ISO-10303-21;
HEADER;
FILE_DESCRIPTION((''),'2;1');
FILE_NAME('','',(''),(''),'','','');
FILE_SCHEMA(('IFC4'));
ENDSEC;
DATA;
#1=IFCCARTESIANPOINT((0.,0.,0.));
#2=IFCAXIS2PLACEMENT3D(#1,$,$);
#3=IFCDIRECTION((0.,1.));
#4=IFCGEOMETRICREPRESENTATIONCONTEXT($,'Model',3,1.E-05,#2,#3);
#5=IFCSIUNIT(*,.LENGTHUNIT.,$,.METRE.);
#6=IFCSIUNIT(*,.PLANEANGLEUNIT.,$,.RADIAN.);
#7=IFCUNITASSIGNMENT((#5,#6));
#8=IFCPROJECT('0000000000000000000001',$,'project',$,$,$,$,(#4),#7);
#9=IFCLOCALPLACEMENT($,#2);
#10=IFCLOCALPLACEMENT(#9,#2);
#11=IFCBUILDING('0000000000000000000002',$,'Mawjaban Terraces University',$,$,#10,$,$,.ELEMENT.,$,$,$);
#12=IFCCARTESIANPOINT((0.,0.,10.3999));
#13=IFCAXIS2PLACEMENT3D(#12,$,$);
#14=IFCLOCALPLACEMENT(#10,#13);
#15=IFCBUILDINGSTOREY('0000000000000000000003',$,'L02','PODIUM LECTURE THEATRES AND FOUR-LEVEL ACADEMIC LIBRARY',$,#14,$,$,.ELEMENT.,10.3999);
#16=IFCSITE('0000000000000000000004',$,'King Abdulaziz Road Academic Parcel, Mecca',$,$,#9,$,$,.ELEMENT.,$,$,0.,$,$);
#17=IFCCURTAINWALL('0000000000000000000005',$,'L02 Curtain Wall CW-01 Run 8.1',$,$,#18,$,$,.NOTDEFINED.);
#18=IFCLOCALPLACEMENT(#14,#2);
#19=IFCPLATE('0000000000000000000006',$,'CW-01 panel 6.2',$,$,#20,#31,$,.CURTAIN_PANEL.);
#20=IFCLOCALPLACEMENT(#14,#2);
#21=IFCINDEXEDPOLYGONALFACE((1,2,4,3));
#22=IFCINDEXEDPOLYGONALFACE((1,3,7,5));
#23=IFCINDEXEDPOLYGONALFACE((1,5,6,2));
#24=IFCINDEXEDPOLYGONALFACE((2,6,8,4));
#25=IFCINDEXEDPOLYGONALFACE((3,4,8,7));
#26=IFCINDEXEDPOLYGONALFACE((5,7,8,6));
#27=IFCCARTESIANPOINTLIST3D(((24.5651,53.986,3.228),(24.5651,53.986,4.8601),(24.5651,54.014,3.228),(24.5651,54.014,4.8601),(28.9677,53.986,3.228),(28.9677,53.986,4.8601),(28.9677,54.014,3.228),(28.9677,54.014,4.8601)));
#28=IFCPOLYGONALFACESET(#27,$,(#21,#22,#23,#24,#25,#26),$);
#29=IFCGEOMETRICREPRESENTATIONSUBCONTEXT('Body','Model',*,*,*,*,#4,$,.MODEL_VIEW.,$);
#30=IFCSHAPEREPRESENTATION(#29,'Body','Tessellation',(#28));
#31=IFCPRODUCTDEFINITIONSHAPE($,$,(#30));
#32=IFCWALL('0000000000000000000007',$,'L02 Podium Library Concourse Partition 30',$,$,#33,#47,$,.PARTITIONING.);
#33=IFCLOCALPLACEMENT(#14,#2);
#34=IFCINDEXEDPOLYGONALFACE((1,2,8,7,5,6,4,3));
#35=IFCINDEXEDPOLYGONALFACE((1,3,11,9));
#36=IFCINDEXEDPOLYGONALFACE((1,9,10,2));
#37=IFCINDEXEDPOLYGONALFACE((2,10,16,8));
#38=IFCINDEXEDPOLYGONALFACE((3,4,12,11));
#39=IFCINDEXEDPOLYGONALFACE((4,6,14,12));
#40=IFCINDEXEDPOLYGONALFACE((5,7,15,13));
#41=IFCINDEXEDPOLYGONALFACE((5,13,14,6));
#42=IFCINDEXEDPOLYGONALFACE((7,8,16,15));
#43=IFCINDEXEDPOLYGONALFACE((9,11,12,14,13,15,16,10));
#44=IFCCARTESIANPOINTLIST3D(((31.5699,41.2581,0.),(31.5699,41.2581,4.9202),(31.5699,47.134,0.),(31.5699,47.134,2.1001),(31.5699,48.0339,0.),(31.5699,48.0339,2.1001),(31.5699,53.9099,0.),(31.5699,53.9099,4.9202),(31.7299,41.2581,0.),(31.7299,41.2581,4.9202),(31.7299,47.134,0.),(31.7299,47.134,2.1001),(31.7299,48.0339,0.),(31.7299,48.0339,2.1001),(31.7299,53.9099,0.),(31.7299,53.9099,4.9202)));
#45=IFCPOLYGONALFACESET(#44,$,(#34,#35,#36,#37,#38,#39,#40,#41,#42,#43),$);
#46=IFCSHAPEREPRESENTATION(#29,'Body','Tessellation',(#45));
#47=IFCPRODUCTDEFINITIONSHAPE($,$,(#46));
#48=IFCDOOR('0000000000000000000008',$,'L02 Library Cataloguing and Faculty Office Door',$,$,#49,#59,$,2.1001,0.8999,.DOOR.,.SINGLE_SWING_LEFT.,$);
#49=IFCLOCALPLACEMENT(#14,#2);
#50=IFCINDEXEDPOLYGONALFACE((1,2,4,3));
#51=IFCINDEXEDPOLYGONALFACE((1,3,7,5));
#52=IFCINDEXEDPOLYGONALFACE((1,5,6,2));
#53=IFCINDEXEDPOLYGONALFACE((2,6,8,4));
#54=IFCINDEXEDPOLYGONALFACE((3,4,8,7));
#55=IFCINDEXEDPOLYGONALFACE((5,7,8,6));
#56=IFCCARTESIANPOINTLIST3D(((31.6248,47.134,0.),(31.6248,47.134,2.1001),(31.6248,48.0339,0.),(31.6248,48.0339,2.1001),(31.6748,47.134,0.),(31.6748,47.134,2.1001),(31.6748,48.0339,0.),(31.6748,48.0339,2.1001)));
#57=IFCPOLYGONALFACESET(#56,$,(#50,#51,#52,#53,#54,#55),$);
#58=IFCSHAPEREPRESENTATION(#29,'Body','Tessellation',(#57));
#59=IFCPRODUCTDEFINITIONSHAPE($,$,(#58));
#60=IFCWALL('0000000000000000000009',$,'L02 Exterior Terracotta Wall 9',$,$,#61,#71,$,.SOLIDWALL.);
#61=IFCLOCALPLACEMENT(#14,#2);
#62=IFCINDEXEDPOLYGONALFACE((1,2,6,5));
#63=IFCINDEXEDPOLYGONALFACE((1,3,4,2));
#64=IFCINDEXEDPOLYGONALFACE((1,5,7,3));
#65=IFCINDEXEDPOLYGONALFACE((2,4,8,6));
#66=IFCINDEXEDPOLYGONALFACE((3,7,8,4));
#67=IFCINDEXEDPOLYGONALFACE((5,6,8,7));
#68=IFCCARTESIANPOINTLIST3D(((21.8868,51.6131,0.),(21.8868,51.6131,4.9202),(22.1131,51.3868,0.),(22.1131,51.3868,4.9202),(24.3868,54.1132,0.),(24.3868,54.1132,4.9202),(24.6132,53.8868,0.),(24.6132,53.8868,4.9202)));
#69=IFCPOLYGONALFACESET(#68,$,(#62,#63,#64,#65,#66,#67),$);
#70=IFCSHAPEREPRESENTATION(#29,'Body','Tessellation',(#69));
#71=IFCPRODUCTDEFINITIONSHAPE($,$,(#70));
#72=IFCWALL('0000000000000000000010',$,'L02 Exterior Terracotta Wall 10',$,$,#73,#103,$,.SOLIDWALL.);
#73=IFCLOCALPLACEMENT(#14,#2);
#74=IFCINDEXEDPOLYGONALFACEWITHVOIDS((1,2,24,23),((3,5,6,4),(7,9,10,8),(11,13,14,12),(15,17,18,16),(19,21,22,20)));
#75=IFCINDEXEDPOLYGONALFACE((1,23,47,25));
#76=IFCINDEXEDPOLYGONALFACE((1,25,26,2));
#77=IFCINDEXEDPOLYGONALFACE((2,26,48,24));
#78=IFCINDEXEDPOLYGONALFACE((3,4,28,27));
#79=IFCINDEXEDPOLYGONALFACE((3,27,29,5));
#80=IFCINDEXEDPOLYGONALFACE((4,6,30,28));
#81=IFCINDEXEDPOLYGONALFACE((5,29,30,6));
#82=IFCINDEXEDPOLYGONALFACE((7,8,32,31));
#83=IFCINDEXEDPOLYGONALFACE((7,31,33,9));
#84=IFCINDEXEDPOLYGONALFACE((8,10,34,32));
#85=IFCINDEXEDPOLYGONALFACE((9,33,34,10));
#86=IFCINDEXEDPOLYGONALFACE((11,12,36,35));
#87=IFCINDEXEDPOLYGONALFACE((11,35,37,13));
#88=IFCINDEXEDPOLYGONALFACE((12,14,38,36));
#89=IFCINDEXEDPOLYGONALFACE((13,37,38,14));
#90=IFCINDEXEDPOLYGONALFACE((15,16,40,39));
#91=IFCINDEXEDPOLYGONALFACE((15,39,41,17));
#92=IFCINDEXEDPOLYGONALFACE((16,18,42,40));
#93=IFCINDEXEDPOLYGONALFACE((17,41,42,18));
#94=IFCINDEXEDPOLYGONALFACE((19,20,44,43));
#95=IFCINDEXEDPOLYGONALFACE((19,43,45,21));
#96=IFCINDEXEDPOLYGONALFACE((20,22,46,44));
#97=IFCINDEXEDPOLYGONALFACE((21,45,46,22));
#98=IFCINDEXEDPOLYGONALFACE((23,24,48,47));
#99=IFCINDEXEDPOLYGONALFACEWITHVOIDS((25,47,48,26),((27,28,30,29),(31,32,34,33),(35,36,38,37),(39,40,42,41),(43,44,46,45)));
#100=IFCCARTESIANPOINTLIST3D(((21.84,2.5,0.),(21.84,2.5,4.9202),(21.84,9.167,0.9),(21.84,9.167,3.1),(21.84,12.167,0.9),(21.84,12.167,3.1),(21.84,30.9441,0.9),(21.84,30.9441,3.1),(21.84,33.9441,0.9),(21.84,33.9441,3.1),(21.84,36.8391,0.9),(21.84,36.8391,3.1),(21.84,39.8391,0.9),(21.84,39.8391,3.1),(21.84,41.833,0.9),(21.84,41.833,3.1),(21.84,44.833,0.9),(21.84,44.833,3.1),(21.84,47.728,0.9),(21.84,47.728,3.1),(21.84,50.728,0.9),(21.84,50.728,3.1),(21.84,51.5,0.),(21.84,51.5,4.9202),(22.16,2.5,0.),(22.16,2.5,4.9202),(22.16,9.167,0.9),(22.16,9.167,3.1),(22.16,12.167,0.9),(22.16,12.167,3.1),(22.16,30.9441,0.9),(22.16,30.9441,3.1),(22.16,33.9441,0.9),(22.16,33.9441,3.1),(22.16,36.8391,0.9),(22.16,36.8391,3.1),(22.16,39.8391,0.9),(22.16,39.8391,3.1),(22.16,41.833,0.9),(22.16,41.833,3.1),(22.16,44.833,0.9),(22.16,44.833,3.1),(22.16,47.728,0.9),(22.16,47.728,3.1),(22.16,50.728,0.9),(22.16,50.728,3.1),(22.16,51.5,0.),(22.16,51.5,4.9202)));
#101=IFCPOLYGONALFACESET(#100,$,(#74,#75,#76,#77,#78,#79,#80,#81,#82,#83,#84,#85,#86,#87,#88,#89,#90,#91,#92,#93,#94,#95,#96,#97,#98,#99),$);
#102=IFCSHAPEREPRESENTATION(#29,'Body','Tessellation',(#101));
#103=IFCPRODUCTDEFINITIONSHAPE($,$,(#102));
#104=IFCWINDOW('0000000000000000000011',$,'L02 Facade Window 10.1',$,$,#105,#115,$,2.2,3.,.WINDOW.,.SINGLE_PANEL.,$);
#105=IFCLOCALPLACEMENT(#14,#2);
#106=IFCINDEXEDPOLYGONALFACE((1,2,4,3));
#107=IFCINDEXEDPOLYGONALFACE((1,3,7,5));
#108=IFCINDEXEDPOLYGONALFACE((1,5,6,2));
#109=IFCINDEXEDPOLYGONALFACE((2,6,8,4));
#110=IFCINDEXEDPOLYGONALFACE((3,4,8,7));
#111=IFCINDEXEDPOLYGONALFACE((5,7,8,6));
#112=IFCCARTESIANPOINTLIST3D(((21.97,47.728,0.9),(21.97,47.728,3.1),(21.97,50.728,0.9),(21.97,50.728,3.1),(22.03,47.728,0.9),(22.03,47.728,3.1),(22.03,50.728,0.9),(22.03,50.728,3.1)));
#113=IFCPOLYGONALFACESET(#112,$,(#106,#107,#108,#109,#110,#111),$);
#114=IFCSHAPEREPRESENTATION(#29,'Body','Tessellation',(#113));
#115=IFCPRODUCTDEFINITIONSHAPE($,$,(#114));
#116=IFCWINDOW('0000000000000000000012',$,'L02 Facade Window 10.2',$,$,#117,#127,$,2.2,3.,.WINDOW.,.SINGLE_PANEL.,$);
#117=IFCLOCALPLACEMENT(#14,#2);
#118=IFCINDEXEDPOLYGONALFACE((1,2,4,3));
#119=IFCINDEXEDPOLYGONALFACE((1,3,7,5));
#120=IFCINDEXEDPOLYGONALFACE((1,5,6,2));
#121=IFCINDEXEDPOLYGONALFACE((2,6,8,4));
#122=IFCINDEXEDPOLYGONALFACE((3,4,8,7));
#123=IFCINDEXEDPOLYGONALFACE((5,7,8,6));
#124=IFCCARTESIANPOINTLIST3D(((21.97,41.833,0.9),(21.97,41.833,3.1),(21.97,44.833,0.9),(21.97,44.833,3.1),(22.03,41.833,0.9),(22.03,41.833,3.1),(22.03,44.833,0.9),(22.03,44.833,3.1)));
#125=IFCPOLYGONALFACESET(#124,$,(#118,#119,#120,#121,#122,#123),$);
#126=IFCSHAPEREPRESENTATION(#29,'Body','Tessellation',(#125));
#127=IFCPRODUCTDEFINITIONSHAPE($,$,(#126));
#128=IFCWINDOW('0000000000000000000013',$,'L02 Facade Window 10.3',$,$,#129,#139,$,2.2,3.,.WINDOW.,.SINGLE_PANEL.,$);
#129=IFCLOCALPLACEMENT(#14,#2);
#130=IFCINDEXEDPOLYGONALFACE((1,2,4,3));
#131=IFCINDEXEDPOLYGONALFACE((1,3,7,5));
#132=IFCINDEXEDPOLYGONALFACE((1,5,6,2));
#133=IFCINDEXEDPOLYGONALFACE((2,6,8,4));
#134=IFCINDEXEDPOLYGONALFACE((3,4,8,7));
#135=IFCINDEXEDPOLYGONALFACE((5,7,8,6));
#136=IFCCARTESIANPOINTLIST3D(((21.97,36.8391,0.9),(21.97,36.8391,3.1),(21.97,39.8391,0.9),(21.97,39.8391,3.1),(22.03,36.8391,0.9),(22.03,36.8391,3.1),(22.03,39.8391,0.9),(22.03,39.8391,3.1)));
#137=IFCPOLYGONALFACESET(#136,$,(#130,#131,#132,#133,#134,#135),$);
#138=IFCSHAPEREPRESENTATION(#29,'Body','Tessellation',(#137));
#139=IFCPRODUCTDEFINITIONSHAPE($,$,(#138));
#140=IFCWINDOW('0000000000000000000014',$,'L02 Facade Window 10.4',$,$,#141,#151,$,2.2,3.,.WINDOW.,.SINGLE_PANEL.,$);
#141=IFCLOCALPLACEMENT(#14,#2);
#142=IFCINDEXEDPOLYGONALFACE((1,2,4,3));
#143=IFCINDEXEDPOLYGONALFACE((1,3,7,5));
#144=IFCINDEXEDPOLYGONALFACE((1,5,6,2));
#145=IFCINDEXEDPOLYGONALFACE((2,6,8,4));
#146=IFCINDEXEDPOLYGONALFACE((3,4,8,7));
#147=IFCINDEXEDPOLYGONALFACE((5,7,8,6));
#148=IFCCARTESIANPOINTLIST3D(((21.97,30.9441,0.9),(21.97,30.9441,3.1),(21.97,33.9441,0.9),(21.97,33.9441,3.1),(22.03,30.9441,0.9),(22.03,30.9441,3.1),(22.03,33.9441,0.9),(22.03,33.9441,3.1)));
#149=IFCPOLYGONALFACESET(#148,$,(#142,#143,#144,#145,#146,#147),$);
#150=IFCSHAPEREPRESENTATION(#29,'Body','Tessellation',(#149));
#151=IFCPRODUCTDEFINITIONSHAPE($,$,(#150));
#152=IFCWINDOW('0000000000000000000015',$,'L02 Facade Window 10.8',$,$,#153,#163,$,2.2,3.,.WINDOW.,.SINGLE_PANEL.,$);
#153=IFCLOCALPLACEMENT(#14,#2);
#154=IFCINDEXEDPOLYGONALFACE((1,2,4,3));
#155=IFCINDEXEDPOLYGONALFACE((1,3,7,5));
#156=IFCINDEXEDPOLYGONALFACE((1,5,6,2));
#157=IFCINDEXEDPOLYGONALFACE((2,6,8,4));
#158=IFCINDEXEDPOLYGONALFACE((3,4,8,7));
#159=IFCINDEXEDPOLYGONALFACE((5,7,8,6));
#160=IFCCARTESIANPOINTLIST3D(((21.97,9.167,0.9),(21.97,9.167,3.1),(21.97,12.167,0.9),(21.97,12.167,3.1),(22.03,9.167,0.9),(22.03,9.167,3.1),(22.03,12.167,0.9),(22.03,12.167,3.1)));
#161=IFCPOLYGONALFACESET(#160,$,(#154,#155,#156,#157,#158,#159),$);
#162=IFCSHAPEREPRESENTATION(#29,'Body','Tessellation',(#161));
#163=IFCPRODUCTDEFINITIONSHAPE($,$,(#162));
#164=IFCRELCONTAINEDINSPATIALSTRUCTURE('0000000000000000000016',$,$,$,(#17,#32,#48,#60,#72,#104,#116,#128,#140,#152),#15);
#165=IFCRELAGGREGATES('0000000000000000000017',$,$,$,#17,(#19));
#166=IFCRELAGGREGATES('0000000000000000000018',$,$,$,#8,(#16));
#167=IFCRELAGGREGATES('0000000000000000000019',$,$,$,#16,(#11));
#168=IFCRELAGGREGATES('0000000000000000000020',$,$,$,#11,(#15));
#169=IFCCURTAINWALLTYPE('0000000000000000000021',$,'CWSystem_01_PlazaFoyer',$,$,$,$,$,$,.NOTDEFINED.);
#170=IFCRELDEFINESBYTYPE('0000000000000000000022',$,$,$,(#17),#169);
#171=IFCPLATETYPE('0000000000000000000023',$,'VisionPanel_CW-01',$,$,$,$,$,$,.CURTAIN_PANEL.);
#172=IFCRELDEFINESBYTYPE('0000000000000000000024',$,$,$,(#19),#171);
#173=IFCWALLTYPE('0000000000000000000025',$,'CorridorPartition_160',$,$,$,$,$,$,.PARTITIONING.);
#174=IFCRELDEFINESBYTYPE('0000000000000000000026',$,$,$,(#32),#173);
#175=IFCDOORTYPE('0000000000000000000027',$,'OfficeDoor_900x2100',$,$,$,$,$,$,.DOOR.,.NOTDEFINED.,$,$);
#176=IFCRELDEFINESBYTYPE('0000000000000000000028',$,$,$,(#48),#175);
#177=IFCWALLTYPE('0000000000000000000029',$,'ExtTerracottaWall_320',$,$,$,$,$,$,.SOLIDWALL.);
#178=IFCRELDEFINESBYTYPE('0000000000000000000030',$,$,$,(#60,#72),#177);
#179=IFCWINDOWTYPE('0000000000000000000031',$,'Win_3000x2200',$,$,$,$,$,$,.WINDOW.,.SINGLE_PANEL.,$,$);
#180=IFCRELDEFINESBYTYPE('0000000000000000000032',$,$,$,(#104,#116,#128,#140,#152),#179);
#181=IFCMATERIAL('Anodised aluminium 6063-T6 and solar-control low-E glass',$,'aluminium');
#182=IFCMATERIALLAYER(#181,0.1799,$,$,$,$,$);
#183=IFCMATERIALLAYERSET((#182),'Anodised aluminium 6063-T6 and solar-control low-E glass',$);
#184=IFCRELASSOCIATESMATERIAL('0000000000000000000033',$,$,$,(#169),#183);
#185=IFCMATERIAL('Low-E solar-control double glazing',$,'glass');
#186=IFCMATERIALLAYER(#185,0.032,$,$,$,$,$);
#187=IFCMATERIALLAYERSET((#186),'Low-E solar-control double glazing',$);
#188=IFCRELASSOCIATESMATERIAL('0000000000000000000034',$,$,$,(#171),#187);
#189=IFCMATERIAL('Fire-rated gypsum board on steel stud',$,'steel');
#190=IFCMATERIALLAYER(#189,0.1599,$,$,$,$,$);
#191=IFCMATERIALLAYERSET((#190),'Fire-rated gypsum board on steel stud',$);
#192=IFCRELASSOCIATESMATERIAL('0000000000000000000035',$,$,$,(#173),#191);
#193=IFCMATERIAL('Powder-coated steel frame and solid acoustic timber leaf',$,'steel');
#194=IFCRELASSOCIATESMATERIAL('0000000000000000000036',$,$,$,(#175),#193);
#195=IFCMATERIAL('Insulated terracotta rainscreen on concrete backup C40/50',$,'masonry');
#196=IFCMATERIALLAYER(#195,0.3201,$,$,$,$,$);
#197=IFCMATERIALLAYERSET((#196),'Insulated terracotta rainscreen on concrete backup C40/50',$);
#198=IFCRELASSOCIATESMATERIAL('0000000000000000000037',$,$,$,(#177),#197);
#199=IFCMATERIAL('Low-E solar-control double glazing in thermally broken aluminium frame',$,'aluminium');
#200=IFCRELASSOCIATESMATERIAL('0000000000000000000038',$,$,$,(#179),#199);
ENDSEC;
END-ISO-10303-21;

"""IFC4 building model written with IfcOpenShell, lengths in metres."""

from ifc_helpers import new_model, si_unit, direction, frame, frame_2d, origin, origin_2d, place, context, subcontext, project, spatial, rectangle, extrude, material, layer, layer_set, type_object, element, fill, aggregate, save


model = new_model("IFC4")

# Units and contexts
model_context = context("Model", 3, precision=1e-05, world=origin(), true_north=direction((0.0, 1.0)))
body_context = subcontext(model_context, "Body", "Model", "MODEL_VIEW")
ifc_project = project(units=[si_unit("LENGTHUNIT", "METRE"), si_unit("PLANEANGLEUNIT", "RADIAN")], contexts=[model_context])

# Site, building, storey
site_placement = place(None, origin())
site = spatial("IfcSite", under=ifc_project, at=site_placement, Name="King Abdulaziz Road Academic Parcel, Mecca", CompositionType="ELEMENT", RefElevation=0.0)
building_placement = place(site_placement, origin())
building = spatial("IfcBuilding", under=site, at=building_placement, Name="Mawjaban Terraces University", CompositionType="ELEMENT")
storey_placement = place(building_placement, frame((0.0, 0.0, 10.3999)))
storey = spatial("IfcBuildingStorey", under=building, at=storey_placement, Name="L02", Description="PODIUM LECTURE THEATRES AND FOUR-LEVEL ACADEMIC LIBRARY", CompositionType="ELEMENT", Elevation=10.3999)

# Curtain wall, plate
ifc_material_1 = material(Name="Anodised aluminium 6063-T6 and solar-control low-E glass", Category="aluminium")
ifc_layer_1 = layer(ifc_material_1, 0.1799)
ifc_layer_set_1 = layer_set([ifc_layer_1], Name="Anodised aluminium 6063-T6 and solar-control low-E glass")
curtain_wall_type = type_object("IfcCurtainWallType", Name="CWSystem_01_PlazaFoyer", PredefinedType="NOTDEFINED", material=ifc_layer_set_1)
curtain_wall_placement = place(storey_placement, origin())
curtain_wall = element("IfcCurtainWall", 1, at=curtain_wall_placement, inside=storey, type_object=curtain_wall_type, Name="L02 Curtain Wall CW-01 Run 8.1", PredefinedType="NOTDEFINED")
ifc_material_2 = material(Name="Low-E solar-control double glazing", Category="glass")
ifc_layer_2 = layer(ifc_material_2, 0.032)
ifc_layer_set_2 = layer_set([ifc_layer_2], Name="Low-E solar-control double glazing")
plate_type = type_object("IfcPlateType", Name="VisionPanel_CW-01", PredefinedType="CURTAIN_PANEL", material=ifc_layer_set_2)
plate_1_placement = place(storey_placement, frame((26.7664, 54.0, 3.228), z_axis=(0.0, 0.0, 1.0), x_axis=(-1.0, 0.0, 0.0)))
plate_1 = element("IfcPlate", 2, at=plate_1_placement, type_object=plate_type, Name="CW-01 panel 6.2", PredefinedType="CURTAIN_PANEL", context=body_context, shape_type="SweptSolid", body=[
    extrude(rectangle(XDim=4.4026, YDim=0.0281, at=origin_2d()), origin(), (0.0, 0.0, 1.0), 1.6321),
])
aggregate(curtain_wall, [plate_1])

# Wall, opening, door
ifc_material_3 = material(Name="Fire-rated gypsum board on steel stud", Category="steel")
ifc_layer_3 = layer(ifc_material_3, 0.1599)
ifc_layer_set_3 = layer_set([ifc_layer_3], Name="Fire-rated gypsum board on steel stud")
wall_type_1 = type_object("IfcWallType", Name="CorridorPartition_160", PredefinedType="PARTITIONING", material=ifc_layer_set_3)
wall_1_placement = place(storey_placement, frame((31.6499, 53.9099, 0.0), z_axis=(0.0, 0.0, 1.0), x_axis=(0.0, -1.0, 0.0)))
wall_1 = element("IfcWall", 3, at=wall_1_placement, inside=storey, type_object=wall_type_1, Name="L02 Podium Library Concourse Partition 30", PredefinedType="PARTITIONING", context=body_context, shape_type="SweptSolid", body=[
    extrude(rectangle(XDim=12.6519, YDim=0.1599, at=frame_2d((6.3259, 0.0))), origin(), (0.0, 0.0, 1.0), 4.9202),
])
opening_1_placement = place(wall_1_placement, frame((5.876, 0.0, 0.0)))
opening_1 = element("IfcOpeningElement", 4, at=opening_1_placement, cuts=wall_1, PredefinedType="OPENING", context=body_context, shape_type="SweptSolid", body=[
    extrude(rectangle(XDim=0.8999, YDim=2.1001, at=frame_2d((0.45, 1.05))), frame((0.0, 0.0898, 0.0), z_axis=(0.0, -1.0, 0.0), x_axis=(1.0, 0.0, 0.0)), (0.0, 0.0, 1.0), 0.1799),
])
ifc_material_4 = material(Name="Powder-coated steel frame and solid acoustic timber leaf", Category="steel")
door_type = type_object("IfcDoorType", Name="OfficeDoor_900x2100", OperationType="NOTDEFINED", PredefinedType="DOOR", material=ifc_material_4)
door_placement = place(opening_1_placement, origin())
door = element("IfcDoor", 5, at=door_placement, inside=storey, type_object=door_type, Name="L02 Library Cataloguing and Faculty Office Door", OperationType="SINGLE_SWING_LEFT", OverallHeight=2.1001, OverallWidth=0.8999, PredefinedType="DOOR", context=body_context, shape_type="SweptSolid", body=[
    extrude(rectangle(XDim=0.8999, YDim=2.1001, at=frame_2d((0.45, 1.05))), frame((0.0, 0.0249, 0.0), z_axis=(0.0, -1.0, 0.0), x_axis=(1.0, 0.0, 0.0)), (0.0, 0.0, 1.0), 0.05),
])
fill(opening_1, door)

# Wall
ifc_material_5 = material(Name="Insulated terracotta rainscreen on concrete backup C40/50", Category="masonry")
ifc_layer_4 = layer(ifc_material_5, 0.3201)
ifc_layer_set_4 = layer_set([ifc_layer_4], Name="Insulated terracotta rainscreen on concrete backup C40/50")
wall_type_2 = type_object("IfcWallType", Name="ExtTerracottaWall_320", PredefinedType="SOLIDWALL", material=ifc_layer_set_4)
wall_2_placement = place(storey_placement, frame((24.5, 54.0, 0.0), z_axis=(0.0, 0.0, 1.0), x_axis=(-0.707107, -0.707107, 0.0)))
element("IfcWall", 6, at=wall_2_placement, inside=storey, type_object=wall_type_2, Name="L02 Exterior Terracotta Wall 9", PredefinedType="SOLIDWALL", context=body_context, shape_type="SweptSolid", body=[
    extrude(rectangle(XDim=3.5356, YDim=0.3201, at=frame_2d((1.7678, 0.0))), origin(), (0.0, 0.0, 1.0), 4.9202),
])

# Wall, openings, windows
wall_3_placement = place(storey_placement, frame((22.0, 51.5, 0.0), z_axis=(0.0, 0.0, 1.0), x_axis=(0.0, -1.0, 0.0)))
wall_3 = element("IfcWall", 7, at=wall_3_placement, inside=storey, type_object=wall_type_2, Name="L02 Exterior Terracotta Wall 10", PredefinedType="SOLIDWALL", context=body_context, shape_type="SweptSolid", body=[
    extrude(rectangle(XDim=49.0, YDim=0.3201, at=frame_2d((24.5, 0.0))), origin(), (0.0, 0.0, 1.0), 4.9202),
])
opening_2_placement = place(wall_3_placement, frame((0.772, 0.0, 0.8999)))
opening_2 = element("IfcOpeningElement", 8, at=opening_2_placement, cuts=wall_3, PredefinedType="OPENING", context=body_context, shape_type="SweptSolid", body=[
    extrude(rectangle(XDim=3.0, YDim=2.2, at=frame_2d((1.5, 1.1001))), frame((0.0, 0.1699, 0.0), z_axis=(0.0, -1.0, 0.0), x_axis=(1.0, 0.0, 0.0)), (0.0, 0.0, 1.0), 0.3401),
])
opening_3_placement = place(wall_3_placement, frame((6.667, 0.0, 0.8999)))
opening_3 = element("IfcOpeningElement", 9, at=opening_3_placement, cuts=wall_3, PredefinedType="OPENING", context=body_context, shape_type="SweptSolid", body=[
    extrude(rectangle(XDim=3.0, YDim=2.2, at=frame_2d((1.5, 1.1001))), frame((0.0, 0.1699, 0.0), z_axis=(0.0, -1.0, 0.0), x_axis=(1.0, 0.0, 0.0)), (0.0, 0.0, 1.0), 0.3401),
])
opening_4_placement = place(wall_3_placement, frame((11.6609, 0.0, 0.8999)))
opening_4 = element("IfcOpeningElement", 10, at=opening_4_placement, cuts=wall_3, PredefinedType="OPENING", context=body_context, shape_type="SweptSolid", body=[
    extrude(rectangle(XDim=3.0, YDim=2.2, at=frame_2d((1.5, 1.1001))), frame((0.0, 0.1699, 0.0), z_axis=(0.0, -1.0, 0.0), x_axis=(1.0, 0.0, 0.0)), (0.0, 0.0, 1.0), 0.3401),
])
opening_5_placement = place(wall_3_placement, frame((17.5559, 0.0, 0.8999)))
opening_5 = element("IfcOpeningElement", 11, at=opening_5_placement, cuts=wall_3, PredefinedType="OPENING", context=body_context, shape_type="SweptSolid", body=[
    extrude(rectangle(XDim=3.0, YDim=2.2, at=frame_2d((1.5, 1.1001))), frame((0.0, 0.1699, 0.0), z_axis=(0.0, -1.0, 0.0), x_axis=(1.0, 0.0, 0.0)), (0.0, 0.0, 1.0), 0.3401),
])
opening_6_placement = place(wall_3_placement, frame((39.333, 0.0, 0.8999)))
opening_6 = element("IfcOpeningElement", 12, at=opening_6_placement, cuts=wall_3, PredefinedType="OPENING", context=body_context, shape_type="SweptSolid", body=[
    extrude(rectangle(XDim=3.0, YDim=2.2, at=frame_2d((1.5, 1.1001))), frame((0.0, 0.1699, 0.0), z_axis=(0.0, -1.0, 0.0), x_axis=(1.0, 0.0, 0.0)), (0.0, 0.0, 1.0), 0.3401),
])
ifc_material_6 = material(Name="Low-E solar-control double glazing in thermally broken aluminium frame", Category="aluminium")
window_type = type_object("IfcWindowType", Name="Win_3000x2200", PartitioningType="SINGLE_PANEL", PredefinedType="WINDOW", material=ifc_material_6)
window_1_placement = place(opening_2_placement, origin())
window_1 = element("IfcWindow", 13, at=window_1_placement, inside=storey, type_object=window_type, Name="L02 Facade Window 10.1", OverallHeight=2.2, OverallWidth=3.0, PartitioningType="SINGLE_PANEL", PredefinedType="WINDOW", context=body_context, shape_type="SweptSolid", body=[
    extrude(rectangle(XDim=3.0, YDim=2.2, at=frame_2d((1.5, 1.1001))), frame((0.0, 0.03, 0.0), z_axis=(0.0, -1.0, 0.0), x_axis=(1.0, 0.0, 0.0)), (0.0, 0.0, 1.0), 0.0601),
])
fill(opening_2, window_1)
window_2_placement = place(opening_3_placement, origin())
window_2 = element("IfcWindow", 14, at=window_2_placement, inside=storey, type_object=window_type, Name="L02 Facade Window 10.2", OverallHeight=2.2, OverallWidth=3.0, PartitioningType="SINGLE_PANEL", PredefinedType="WINDOW", context=body_context, shape_type="SweptSolid", body=[
    extrude(rectangle(XDim=3.0, YDim=2.2, at=frame_2d((1.5, 1.1001))), frame((0.0, 0.03, 0.0), z_axis=(0.0, -1.0, 0.0), x_axis=(1.0, 0.0, 0.0)), (0.0, 0.0, 1.0), 0.0601),
])
fill(opening_3, window_2)
window_3_placement = place(opening_4_placement, origin())
window_3 = element("IfcWindow", 15, at=window_3_placement, inside=storey, type_object=window_type, Name="L02 Facade Window 10.3", OverallHeight=2.2, OverallWidth=3.0, PartitioningType="SINGLE_PANEL", PredefinedType="WINDOW", context=body_context, shape_type="SweptSolid", body=[
    extrude(rectangle(XDim=3.0, YDim=2.2, at=frame_2d((1.5, 1.1001))), frame((0.0, 0.03, 0.0), z_axis=(0.0, -1.0, 0.0), x_axis=(1.0, 0.0, 0.0)), (0.0, 0.0, 1.0), 0.0601),
])
fill(opening_4, window_3)
window_4_placement = place(opening_5_placement, origin())
window_4 = element("IfcWindow", 16, at=window_4_placement, inside=storey, type_object=window_type, Name="L02 Facade Window 10.4", OverallHeight=2.2, OverallWidth=3.0, PartitioningType="SINGLE_PANEL", PredefinedType="WINDOW", context=body_context, shape_type="SweptSolid", body=[
    extrude(rectangle(XDim=3.0, YDim=2.2, at=frame_2d((1.5, 1.1001))), frame((0.0, 0.03, 0.0), z_axis=(0.0, -1.0, 0.0), x_axis=(1.0, 0.0, 0.0)), (0.0, 0.0, 1.0), 0.0601),
])
fill(opening_5, window_4)
window_5_placement = place(opening_6_placement, origin())
window_5 = element("IfcWindow", 17, at=window_5_placement, inside=storey, type_object=window_type, Name="L02 Facade Window 10.8", OverallHeight=2.2, OverallWidth=3.0, PartitioningType="SINGLE_PANEL", PredefinedType="WINDOW", context=body_context, shape_type="SweptSolid", body=[
    extrude(rectangle(XDim=3.0, YDim=2.2, at=frame_2d((1.5, 1.1001))), frame((0.0, 0.03, 0.0), z_axis=(0.0, -1.0, 0.0), x_axis=(1.0, 0.0, 0.0)), (0.0, 0.0, 1.0), 0.0601),
])
fill(opening_6, window_5)

save(model, "model.ifc")
